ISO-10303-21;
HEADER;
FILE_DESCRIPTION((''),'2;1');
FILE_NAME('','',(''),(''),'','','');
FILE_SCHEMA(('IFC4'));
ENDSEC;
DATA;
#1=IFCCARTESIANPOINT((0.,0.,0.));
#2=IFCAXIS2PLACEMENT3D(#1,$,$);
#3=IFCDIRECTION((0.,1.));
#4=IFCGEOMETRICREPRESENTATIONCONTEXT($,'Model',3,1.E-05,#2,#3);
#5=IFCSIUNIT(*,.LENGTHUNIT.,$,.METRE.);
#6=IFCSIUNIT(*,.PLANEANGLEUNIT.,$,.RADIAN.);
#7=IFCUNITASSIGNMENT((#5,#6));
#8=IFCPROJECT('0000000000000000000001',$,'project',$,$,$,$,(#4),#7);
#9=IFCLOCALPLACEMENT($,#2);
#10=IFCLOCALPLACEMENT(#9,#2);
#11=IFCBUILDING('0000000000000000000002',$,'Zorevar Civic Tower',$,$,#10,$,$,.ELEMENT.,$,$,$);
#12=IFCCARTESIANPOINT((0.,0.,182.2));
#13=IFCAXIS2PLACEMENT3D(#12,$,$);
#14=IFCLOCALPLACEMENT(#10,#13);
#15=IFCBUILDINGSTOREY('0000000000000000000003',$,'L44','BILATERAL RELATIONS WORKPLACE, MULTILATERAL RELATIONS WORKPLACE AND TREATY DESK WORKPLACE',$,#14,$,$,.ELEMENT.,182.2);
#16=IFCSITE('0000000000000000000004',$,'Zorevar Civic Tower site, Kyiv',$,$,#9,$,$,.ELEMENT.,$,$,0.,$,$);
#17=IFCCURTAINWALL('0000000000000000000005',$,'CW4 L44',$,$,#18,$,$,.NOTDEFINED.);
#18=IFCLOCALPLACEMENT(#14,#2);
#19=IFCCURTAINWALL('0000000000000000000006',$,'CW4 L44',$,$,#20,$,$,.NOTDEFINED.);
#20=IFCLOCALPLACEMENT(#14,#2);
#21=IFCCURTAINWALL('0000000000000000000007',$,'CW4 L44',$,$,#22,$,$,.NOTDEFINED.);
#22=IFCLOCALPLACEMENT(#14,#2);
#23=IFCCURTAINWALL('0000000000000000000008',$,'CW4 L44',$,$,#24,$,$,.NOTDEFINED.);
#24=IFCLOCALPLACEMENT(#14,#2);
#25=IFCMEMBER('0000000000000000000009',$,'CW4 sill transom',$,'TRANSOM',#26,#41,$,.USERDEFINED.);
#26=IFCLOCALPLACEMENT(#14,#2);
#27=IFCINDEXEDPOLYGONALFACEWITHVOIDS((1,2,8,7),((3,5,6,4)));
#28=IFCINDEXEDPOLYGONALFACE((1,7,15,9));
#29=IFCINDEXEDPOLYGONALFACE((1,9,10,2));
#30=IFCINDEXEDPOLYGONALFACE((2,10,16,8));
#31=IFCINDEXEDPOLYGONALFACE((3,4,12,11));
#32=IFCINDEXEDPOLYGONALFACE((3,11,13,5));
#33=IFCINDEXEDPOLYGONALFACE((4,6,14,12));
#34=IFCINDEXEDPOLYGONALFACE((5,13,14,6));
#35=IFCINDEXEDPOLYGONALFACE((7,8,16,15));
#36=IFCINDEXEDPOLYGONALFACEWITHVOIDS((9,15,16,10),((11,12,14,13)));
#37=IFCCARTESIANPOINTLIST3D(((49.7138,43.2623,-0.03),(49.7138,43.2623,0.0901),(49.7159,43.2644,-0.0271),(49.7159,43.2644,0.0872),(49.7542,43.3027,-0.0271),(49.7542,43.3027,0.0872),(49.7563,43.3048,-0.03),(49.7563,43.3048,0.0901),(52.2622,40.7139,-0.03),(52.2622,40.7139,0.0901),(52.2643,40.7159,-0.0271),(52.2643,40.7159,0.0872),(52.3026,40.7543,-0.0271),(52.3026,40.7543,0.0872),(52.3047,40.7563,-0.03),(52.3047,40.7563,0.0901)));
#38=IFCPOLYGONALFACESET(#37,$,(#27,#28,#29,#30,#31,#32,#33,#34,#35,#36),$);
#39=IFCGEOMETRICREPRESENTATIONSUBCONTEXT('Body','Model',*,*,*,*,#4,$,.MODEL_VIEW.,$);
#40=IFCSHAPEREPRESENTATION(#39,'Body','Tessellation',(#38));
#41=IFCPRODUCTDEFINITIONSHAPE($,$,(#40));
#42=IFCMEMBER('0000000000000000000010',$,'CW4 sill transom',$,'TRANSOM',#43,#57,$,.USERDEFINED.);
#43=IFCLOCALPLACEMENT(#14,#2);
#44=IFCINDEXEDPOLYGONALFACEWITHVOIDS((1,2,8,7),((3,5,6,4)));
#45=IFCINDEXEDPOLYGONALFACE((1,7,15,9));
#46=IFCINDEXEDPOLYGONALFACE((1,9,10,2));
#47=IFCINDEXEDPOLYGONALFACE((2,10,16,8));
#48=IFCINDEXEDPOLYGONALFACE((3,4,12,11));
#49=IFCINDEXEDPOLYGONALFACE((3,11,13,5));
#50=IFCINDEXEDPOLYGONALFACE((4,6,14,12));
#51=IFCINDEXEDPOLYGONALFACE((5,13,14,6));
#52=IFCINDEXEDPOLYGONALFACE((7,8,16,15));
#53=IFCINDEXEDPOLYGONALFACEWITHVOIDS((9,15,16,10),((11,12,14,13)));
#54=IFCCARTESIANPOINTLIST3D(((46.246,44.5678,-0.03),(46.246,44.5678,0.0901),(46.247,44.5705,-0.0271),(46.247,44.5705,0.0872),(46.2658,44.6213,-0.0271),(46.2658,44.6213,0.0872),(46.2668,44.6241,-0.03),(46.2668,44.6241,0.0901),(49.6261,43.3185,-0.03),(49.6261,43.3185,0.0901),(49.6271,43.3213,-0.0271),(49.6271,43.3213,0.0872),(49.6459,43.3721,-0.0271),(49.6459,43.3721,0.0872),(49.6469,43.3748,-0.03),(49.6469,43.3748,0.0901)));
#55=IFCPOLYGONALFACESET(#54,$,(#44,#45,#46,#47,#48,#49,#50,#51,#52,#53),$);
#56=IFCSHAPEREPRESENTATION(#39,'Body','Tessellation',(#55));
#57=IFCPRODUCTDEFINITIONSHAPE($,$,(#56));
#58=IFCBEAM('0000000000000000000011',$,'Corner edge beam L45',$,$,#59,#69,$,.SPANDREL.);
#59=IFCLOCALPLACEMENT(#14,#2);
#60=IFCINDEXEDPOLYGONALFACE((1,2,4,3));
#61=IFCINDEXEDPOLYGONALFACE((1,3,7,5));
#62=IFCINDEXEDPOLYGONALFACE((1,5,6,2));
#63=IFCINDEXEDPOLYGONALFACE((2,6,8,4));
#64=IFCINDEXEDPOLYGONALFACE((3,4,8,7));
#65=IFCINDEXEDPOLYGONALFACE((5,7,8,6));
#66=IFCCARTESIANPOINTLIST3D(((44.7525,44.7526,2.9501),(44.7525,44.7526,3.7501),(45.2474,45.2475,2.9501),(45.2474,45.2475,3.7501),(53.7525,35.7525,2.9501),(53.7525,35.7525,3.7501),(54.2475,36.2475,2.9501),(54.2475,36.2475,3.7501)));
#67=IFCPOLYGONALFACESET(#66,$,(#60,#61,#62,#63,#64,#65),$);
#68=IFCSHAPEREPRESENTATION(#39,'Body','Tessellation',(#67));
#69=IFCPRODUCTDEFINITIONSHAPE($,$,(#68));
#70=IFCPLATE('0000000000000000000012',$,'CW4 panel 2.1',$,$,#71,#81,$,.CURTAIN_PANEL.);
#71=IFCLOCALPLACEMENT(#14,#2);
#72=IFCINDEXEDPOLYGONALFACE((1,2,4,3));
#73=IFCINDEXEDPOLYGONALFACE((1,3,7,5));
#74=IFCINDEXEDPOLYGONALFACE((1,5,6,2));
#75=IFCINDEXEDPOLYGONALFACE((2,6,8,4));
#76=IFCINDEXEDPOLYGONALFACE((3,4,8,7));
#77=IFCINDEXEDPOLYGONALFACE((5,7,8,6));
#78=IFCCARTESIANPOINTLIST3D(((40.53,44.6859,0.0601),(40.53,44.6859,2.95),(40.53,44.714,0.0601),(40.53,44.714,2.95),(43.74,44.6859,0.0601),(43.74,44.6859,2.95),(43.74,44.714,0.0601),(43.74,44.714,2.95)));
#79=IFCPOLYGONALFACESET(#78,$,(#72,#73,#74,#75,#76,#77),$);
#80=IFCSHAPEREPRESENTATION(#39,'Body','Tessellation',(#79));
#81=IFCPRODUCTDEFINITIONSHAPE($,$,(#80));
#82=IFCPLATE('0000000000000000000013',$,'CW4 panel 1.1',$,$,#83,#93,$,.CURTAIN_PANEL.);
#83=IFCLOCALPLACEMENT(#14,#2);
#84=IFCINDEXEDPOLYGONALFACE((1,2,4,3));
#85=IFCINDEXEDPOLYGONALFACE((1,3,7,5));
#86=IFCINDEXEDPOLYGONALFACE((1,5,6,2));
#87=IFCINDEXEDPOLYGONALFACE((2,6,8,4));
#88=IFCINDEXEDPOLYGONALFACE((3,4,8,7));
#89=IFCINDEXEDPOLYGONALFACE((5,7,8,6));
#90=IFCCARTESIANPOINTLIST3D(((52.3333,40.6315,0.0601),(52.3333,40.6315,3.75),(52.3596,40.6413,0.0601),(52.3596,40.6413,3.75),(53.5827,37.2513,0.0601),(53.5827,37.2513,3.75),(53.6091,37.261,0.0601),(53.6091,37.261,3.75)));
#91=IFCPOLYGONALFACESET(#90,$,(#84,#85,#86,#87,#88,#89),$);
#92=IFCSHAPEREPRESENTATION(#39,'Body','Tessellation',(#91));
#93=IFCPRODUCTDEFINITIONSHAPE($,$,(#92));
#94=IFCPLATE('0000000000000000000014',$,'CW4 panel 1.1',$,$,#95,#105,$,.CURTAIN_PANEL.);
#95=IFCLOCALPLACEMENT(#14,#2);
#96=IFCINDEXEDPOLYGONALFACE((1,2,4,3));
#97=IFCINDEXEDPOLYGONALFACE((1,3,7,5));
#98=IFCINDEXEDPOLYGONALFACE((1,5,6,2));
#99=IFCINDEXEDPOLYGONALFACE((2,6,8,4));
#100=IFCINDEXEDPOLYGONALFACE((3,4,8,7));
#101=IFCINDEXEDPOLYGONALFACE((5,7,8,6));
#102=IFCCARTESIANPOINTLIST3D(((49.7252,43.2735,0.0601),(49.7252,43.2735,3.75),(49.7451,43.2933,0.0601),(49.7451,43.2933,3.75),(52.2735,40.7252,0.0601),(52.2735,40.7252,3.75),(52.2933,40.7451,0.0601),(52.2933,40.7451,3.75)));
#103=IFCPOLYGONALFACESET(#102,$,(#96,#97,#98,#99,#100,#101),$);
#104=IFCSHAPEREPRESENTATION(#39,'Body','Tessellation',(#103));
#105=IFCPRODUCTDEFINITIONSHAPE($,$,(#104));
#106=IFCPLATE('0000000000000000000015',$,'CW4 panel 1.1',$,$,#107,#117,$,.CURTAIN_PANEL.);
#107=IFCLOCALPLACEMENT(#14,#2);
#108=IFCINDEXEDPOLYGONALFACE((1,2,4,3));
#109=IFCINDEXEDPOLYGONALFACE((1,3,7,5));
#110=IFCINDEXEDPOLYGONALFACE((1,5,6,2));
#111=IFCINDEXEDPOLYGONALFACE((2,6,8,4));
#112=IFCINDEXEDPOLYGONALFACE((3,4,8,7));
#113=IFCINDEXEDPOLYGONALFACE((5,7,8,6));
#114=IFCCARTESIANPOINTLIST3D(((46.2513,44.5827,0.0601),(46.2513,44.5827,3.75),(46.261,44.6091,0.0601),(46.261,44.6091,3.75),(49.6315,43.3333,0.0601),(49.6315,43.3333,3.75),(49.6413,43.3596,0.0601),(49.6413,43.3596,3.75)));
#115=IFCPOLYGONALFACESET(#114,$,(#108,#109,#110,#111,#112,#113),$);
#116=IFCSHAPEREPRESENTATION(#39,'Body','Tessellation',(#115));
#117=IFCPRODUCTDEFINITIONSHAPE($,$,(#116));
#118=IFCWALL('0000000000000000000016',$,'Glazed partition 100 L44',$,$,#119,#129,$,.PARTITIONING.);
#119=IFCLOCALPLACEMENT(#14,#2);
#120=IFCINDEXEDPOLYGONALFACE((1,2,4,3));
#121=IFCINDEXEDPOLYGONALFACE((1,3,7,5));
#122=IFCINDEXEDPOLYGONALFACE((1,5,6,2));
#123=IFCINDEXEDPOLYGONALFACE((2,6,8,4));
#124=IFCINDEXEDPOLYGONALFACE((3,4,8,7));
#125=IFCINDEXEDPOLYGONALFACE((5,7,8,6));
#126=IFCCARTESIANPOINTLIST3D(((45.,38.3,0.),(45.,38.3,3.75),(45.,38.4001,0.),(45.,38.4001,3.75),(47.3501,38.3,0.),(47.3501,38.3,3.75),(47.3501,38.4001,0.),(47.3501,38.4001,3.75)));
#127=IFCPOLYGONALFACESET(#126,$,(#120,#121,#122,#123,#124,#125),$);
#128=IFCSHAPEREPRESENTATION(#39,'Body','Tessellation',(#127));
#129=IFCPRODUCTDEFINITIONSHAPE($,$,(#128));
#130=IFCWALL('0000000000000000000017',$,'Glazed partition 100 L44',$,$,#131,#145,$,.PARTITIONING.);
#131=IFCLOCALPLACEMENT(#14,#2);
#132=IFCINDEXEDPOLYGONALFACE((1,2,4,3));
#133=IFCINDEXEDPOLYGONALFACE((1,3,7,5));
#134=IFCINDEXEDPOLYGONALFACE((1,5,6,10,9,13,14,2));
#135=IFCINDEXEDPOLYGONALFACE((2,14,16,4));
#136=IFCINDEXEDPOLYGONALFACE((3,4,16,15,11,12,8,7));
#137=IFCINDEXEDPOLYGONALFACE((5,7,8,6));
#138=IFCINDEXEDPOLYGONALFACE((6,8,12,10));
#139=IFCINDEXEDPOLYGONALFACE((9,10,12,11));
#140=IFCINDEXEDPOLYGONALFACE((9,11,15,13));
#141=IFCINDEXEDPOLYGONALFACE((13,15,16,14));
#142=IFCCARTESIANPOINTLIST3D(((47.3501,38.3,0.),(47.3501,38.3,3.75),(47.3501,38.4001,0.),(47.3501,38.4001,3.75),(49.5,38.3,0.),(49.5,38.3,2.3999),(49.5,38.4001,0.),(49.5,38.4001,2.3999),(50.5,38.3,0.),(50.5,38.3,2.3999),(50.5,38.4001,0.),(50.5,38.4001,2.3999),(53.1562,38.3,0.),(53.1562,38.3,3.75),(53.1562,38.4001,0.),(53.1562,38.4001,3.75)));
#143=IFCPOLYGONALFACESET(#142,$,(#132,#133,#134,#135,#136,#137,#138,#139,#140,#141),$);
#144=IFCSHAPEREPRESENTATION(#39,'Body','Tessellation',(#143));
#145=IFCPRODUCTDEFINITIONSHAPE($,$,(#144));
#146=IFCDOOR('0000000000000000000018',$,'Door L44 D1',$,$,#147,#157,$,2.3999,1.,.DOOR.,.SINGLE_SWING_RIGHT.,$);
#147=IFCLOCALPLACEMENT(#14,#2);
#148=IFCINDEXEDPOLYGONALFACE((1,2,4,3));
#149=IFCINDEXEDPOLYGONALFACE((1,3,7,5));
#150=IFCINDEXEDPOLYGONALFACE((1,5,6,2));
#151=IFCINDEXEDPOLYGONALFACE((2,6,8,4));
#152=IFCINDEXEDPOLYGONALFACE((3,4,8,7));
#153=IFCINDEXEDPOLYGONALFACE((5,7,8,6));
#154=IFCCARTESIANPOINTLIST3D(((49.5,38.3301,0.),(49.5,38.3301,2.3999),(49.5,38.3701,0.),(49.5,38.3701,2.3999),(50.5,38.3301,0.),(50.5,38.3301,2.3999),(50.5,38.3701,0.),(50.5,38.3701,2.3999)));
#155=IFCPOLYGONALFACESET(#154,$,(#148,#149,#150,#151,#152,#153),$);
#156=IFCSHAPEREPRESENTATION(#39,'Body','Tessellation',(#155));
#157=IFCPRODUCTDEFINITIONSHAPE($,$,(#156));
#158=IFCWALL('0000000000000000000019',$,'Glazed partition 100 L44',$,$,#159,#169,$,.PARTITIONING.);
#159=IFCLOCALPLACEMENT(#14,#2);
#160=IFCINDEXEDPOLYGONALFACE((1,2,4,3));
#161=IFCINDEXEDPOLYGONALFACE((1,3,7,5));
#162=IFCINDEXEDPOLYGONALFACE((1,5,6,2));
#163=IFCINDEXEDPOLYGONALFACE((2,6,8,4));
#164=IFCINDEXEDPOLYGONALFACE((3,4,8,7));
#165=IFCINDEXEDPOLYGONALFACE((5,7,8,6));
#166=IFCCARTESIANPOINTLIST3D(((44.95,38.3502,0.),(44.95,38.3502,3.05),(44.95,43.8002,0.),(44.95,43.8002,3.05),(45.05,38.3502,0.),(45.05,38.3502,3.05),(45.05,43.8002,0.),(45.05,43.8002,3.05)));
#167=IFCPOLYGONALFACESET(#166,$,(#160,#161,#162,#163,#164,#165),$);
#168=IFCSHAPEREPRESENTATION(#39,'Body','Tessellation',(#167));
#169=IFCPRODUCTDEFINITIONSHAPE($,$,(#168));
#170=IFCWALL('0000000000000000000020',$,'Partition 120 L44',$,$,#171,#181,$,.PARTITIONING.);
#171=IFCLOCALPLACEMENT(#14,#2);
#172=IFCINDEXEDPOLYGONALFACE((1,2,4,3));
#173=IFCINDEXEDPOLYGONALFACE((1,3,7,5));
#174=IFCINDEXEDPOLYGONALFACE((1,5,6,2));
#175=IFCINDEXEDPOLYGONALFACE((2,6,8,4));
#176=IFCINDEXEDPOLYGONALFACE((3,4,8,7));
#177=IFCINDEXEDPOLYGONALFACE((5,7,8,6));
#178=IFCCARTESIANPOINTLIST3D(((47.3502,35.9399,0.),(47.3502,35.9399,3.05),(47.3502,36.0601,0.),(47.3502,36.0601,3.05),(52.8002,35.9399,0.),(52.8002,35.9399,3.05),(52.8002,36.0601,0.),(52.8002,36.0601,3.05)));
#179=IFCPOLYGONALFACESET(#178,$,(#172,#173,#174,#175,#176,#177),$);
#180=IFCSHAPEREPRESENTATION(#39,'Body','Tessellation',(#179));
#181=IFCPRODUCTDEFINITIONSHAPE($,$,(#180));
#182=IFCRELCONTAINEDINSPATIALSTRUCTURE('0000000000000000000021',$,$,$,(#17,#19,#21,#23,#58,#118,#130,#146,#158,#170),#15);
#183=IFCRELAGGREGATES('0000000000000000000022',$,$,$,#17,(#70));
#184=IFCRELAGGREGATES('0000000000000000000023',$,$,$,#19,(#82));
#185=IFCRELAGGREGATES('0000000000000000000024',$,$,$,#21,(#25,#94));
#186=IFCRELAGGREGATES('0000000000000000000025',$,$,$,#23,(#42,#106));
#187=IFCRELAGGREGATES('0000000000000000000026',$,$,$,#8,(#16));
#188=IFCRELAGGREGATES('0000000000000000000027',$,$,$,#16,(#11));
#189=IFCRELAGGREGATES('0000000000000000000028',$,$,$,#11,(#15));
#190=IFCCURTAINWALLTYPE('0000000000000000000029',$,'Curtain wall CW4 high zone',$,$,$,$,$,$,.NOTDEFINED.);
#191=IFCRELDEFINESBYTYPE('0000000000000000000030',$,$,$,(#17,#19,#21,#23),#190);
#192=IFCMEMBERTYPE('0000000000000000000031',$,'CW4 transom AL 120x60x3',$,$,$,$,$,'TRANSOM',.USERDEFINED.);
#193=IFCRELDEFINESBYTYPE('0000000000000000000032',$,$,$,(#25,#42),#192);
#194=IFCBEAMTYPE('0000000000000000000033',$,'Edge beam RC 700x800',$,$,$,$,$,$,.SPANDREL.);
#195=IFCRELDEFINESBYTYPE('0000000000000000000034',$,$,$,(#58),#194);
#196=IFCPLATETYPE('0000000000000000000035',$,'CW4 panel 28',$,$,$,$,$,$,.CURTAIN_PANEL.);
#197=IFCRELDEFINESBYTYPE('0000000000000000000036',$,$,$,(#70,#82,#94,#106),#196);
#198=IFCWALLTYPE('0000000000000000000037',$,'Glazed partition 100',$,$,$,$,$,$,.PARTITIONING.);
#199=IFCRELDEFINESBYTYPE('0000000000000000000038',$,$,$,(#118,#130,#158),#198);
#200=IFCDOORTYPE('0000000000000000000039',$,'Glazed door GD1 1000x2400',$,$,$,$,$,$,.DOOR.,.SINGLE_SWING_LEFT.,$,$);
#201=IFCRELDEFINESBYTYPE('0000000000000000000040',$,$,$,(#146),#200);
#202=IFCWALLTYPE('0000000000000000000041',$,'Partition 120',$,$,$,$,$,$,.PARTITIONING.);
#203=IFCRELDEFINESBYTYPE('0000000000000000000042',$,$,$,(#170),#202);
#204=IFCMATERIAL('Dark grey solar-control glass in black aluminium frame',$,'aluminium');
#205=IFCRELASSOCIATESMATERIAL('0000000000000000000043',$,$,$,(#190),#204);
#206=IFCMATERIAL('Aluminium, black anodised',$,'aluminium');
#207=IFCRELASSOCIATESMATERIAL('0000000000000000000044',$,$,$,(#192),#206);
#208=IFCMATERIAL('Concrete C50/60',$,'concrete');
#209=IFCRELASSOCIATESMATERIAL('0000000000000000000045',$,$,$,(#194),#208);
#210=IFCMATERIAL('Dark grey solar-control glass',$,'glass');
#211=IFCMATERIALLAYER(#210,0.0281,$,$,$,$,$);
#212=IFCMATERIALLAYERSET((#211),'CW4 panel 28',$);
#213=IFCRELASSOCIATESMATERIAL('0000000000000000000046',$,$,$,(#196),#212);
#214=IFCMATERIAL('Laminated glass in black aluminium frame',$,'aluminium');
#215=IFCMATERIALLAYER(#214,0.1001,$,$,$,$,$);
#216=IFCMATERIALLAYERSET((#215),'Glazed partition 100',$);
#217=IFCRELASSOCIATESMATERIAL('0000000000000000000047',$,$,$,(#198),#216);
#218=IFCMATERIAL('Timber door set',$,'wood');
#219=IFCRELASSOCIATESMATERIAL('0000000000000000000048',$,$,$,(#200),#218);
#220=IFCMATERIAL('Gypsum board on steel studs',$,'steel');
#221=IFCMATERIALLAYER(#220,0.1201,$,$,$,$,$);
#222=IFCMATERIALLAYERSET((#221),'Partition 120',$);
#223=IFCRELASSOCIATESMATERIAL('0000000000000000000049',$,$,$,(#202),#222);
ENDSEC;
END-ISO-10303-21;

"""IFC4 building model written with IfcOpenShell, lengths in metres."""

from ifc_helpers import new_model, si_unit, direction, frame, frame_2d, origin, origin_2d, place, context, subcontext, project, spatial, rectangle, hollow_rectangle, extrude, material, layer, layer_set, material_profile, profile_set, type_object, element, fill, aggregate, save


model = new_model("IFC4")

# Units and contexts
model_context = context("Model", 3, precision=1e-05, world=origin(), true_north=direction((0.0, 1.0)))
body_context = subcontext(model_context, "Body", "Model", "MODEL_VIEW")
ifc_project = project(units=[si_unit("LENGTHUNIT", "METRE"), si_unit("PLANEANGLEUNIT", "RADIAN")], contexts=[model_context])

# Site, building, storey
site_placement = place(None, origin())
site = spatial("IfcSite", under=ifc_project, at=site_placement, Name="Zorevar Civic Tower site, Kyiv", CompositionType="ELEMENT", RefElevation=0.0)
building_placement = place(site_placement, origin())
building = spatial("IfcBuilding", under=site, at=building_placement, Name="Zorevar Civic Tower", CompositionType="ELEMENT")
storey_placement = place(building_placement, frame((0.0, 0.0, 182.2)))
storey = spatial("IfcBuildingStorey", under=building, at=storey_placement, Name="L44", Description="BILATERAL RELATIONS WORKPLACE, MULTILATERAL RELATIONS WORKPLACE AND TREATY DESK WORKPLACE", CompositionType="ELEMENT", Elevation=182.2)

# Curtain wall
ifc_material_1 = material(Name="Dark grey solar-control glass in black aluminium frame", Category="aluminium")
curtain_wall_type = type_object("IfcCurtainWallType", Name="Curtain wall CW4 high zone", PredefinedType="NOTDEFINED", material=ifc_material_1)
curtain_wall_1_placement = place(storey_placement, origin())
curtain_wall_1 = element("IfcCurtainWall", 1, at=curtain_wall_1_placement, inside=storey, type_object=curtain_wall_type, Name="CW4 L44", PredefinedType="NOTDEFINED")

# Curtain walls
curtain_wall_2_placement = place(storey_placement, origin())
curtain_wall_2 = element("IfcCurtainWall", 2, at=curtain_wall_2_placement, inside=storey, type_object=curtain_wall_type, Name="CW4 L44", PredefinedType="NOTDEFINED")
curtain_wall_3_placement = place(storey_placement, origin())
curtain_wall_3 = element("IfcCurtainWall", 3, at=curtain_wall_3_placement, inside=storey, type_object=curtain_wall_type, Name="CW4 L44", PredefinedType="NOTDEFINED")
curtain_wall_4_placement = place(storey_placement, origin())
curtain_wall_4 = element("IfcCurtainWall", 4, at=curtain_wall_4_placement, inside=storey, type_object=curtain_wall_type, Name="CW4 L44", PredefinedType="NOTDEFINED")

# Members
ifc_material_2 = material(Name="Aluminium, black anodised", Category="aluminium")
ifc_material_profile_1 = material_profile(ifc_material_2, hollow_rectangle(XDim=0.0601, YDim=0.1201, WallThickness=0.0029, at=origin_2d()), Name="AL 120x60x3")
ifc_profile_set_1 = profile_set([ifc_material_profile_1], Name="Aluminium, black anodised")
member_type_1 = type_object("IfcMemberType", Name="CW4 transom AL 120x60x3", ElementType="TRANSOM", PredefinedType="USERDEFINED", material=ifc_profile_set_1)
member_1_placement = place(storey_placement, frame((52.2834, 40.7351, 0.03), z_axis=(-0.707107, 0.707107, 0.0), x_axis=(-0.707107, -0.707107, 0.0)))
member_1 = element("IfcMember", 5, at=member_1_placement, type_object=member_type_1, Name="CW4 sill transom", ObjectType="TRANSOM", PredefinedType="USERDEFINED", context=body_context, shape_type="SweptSolid", body=[
    extrude(hollow_rectangle(XDim=0.0601, YDim=0.1201, WallThickness=0.0029, at=origin_2d()), origin(), (0.0, 0.0, 1.0), 3.604),
])
member_2_placement = place(storey_placement, frame((49.6365, 43.3467, 0.03), z_axis=(-0.937986, 0.346672, 0.0), x_axis=(-0.346672, -0.937986, 0.0)))
member_2 = element("IfcMember", 6, at=member_2_placement, type_object=member_type_1, Name="CW4 sill transom", ObjectType="TRANSOM", PredefinedType="USERDEFINED", context=body_context, shape_type="SweptSolid", body=[
    extrude(hollow_rectangle(XDim=0.0601, YDim=0.1201, WallThickness=0.0029, at=origin_2d()), origin(), (0.0, 0.0, 1.0), 3.6035),
])

# Beam
ifc_material_3 = material(Name="Concrete C50/60", Category="concrete")
ifc_material_profile_2 = material_profile(ifc_material_3, rectangle(XDim=0.7, YDim=0.8, at=origin_2d()), Name="RC 700x800")
ifc_profile_set_2 = profile_set([ifc_material_profile_2], Name="Concrete C50/60")
beam_type_1 = type_object("IfcBeamType", Name="Edge beam RC 700x800", PredefinedType="SPANDREL", material=ifc_profile_set_2)
beam_1_placement = place(storey_placement, frame((54.0, 36.0, 3.3501), z_axis=(-0.707107, 0.707107, 0.0), x_axis=(-0.707107, -0.707107, 0.0)))
element("IfcBeam", 7, at=beam_1_placement, inside=storey, type_object=beam_type_1, Name="Corner edge beam L45", PredefinedType="SPANDREL", context=body_context, shape_type="SweptSolid", body=[
    extrude(rectangle(XDim=0.7, YDim=0.8, at=origin_2d()), origin(), (0.0, 0.0, 1.0), 12.728),
])

# Plates
ifc_material_4 = material(Name="Dark grey solar-control glass", Category="glass")
ifc_layer_1 = layer(ifc_material_4, 0.0281)
ifc_layer_set_1 = layer_set([ifc_layer_1], Name="CW4 panel 28")
plate_type = type_object("IfcPlateType", Name="CW4 panel 28", PredefinedType="CURTAIN_PANEL", material=ifc_layer_set_1)
plate_1_placement = place(storey_placement, frame((42.135, 44.7, 0.0601), z_axis=(0.0, 0.0, 1.0), x_axis=(1.0, 0.0, 0.0)))
plate_1 = element("IfcPlate", 8, at=plate_1_placement, type_object=plate_type, Name="CW4 panel 2.1", PredefinedType="CURTAIN_PANEL", context=body_context, shape_type="SweptSolid", body=[
    extrude(rectangle(XDim=3.21, YDim=0.0281, at=origin_2d()), origin(), (0.0, 0.0, 1.0), 2.8899),
])
aggregate(curtain_wall_1, [plate_1])
plate_2_placement = place(storey_placement, frame((52.9712, 38.9463, 0.0601), z_axis=(0.0, 0.0, 1.0), x_axis=(-0.346704, 0.937975, 0.0)))
plate_2 = element("IfcPlate", 9, at=plate_2_placement, type_object=plate_type, Name="CW4 panel 1.1", PredefinedType="CURTAIN_PANEL", context=body_context, shape_type="SweptSolid", body=[
    extrude(rectangle(XDim=3.6038, YDim=0.0281, at=origin_2d()), origin(), (0.0, 0.0, 1.0), 3.6899),
])
aggregate(curtain_wall_2, [plate_2])
plate_3_placement = place(storey_placement, frame((51.0093, 42.0093, 0.0601), z_axis=(0.0, 0.0, 1.0), x_axis=(-0.707107, 0.707107, 0.0)))
plate_3 = element("IfcPlate", 10, at=plate_3_placement, type_object=plate_type, Name="CW4 panel 1.1", PredefinedType="CURTAIN_PANEL", context=body_context, shape_type="SweptSolid", body=[
    extrude(rectangle(XDim=3.6038, YDim=0.0281, at=origin_2d()), origin(), (0.0, 0.0, 1.0), 3.6899),
])
aggregate(curtain_wall_3, [member_1, plate_3])
plate_4_placement = place(storey_placement, frame((47.9463, 43.9712, 0.0601), z_axis=(0.0, 0.0, 1.0), x_axis=(-0.937975, 0.346704, 0.0)))
plate_4 = element("IfcPlate", 11, at=plate_4_placement, type_object=plate_type, Name="CW4 panel 1.1", PredefinedType="CURTAIN_PANEL", context=body_context, shape_type="SweptSolid", body=[
    extrude(rectangle(XDim=3.6038, YDim=0.0281, at=origin_2d()), origin(), (0.0, 0.0, 1.0), 3.6899),
])
aggregate(curtain_wall_4, [member_2, plate_4])

# Wall
ifc_material_5 = material(Name="Laminated glass in black aluminium frame", Category="aluminium")
ifc_layer_2 = layer(ifc_material_5, 0.1001)
ifc_layer_set_2 = layer_set([ifc_layer_2], Name="Glazed partition 100")
wall_type_1 = type_object("IfcWallType", Name="Glazed partition 100", PredefinedType="PARTITIONING", material=ifc_layer_set_2)
wall_1_placement = place(storey_placement, frame((45.0, 38.3501, 0.0), z_axis=(0.0, 0.0, 1.0), x_axis=(1.0, 0.0, 0.0)))
element("IfcWall", 12, at=wall_1_placement, inside=storey, type_object=wall_type_1, Name="Glazed partition 100 L44", PredefinedType="PARTITIONING", context=body_context, shape_type="SweptSolid", body=[
    extrude(rectangle(XDim=2.3501, YDim=0.1001, at=frame_2d((1.175, 0.0))), origin(), (0.0, 0.0, 1.0), 3.75),
])

# Wall, opening, door
wall_2_placement = place(storey_placement, frame((47.3501, 38.3501, 0.0), z_axis=(0.0, 0.0, 1.0), x_axis=(1.0, 0.0, 0.0)))
wall_2 = element("IfcWall", 13, at=wall_2_placement, inside=storey, type_object=wall_type_1, Name="Glazed partition 100 L44", PredefinedType="PARTITIONING", context=body_context, shape_type="SweptSolid", body=[
    extrude(rectangle(XDim=5.8062, YDim=0.1001, at=frame_2d((2.9031, 0.0))), origin(), (0.0, 0.0, 1.0), 3.75),
])
opening_1_placement = place(wall_2_placement, frame((2.1499, 0.0, 0.0)))
opening_1 = element("IfcOpeningElement", 14, at=opening_1_placement, cuts=wall_2, PredefinedType="OPENING", context=body_context, shape_type="SweptSolid", body=[
    extrude(rectangle(XDim=1.0, YDim=2.3999, at=frame_2d((0.5, 1.2))), frame((0.0, 0.0601, 0.0), z_axis=(0.0, -1.0, 0.0), x_axis=(1.0, 0.0, 0.0)), (0.0, 0.0, 1.0), 0.1201),
])
ifc_material_6 = material(Name="Timber door set", Category="wood")
door_type = type_object("IfcDoorType", Name="Glazed door GD1 1000x2400", OperationType="SINGLE_SWING_LEFT", PredefinedType="DOOR", material=ifc_material_6)
door_1_placement = place(opening_1_placement, origin())
door_1 = element("IfcDoor", 15, at=door_1_placement, inside=storey, type_object=door_type, Name="Door L44 D1", OperationType="SINGLE_SWING_RIGHT", OverallHeight=2.3999, OverallWidth=1.0, PredefinedType="DOOR", context=body_context, shape_type="SweptSolid", body=[
    extrude(rectangle(XDim=1.0, YDim=2.3999, at=frame_2d((0.5, 1.2))), frame((0.0, 0.02, 0.0), z_axis=(0.0, -1.0, 0.0), x_axis=(1.0, 0.0, 0.0)), (0.0, 0.0, 1.0), 0.04),
])
fill(opening_1, door_1)

# Wall
wall_3_placement = place(storey_placement, frame((45.0, 38.3501, 0.0), z_axis=(0.0, 0.0, 1.0), x_axis=(0.0, 1.0, 0.0)))
element("IfcWall", 16, at=wall_3_placement, inside=storey, type_object=wall_type_1, Name="Glazed partition 100 L44", PredefinedType="PARTITIONING", context=body_context, shape_type="SweptSolid", body=[
    extrude(rectangle(XDim=5.45, YDim=0.1001, at=frame_2d((2.7251, 0.0))), origin(), (0.0, 0.0, 1.0), 3.05),
])

# Wall
ifc_material_7 = material(Name="Gypsum board on steel studs", Category="steel")
ifc_layer_3 = layer(ifc_material_7, 0.1201)
ifc_layer_set_3 = layer_set([ifc_layer_3], Name="Partition 120")
wall_type_2 = type_object("IfcWallType", Name="Partition 120", PredefinedType="PARTITIONING", material=ifc_layer_set_3)
wall_4_placement = place(storey_placement, frame((47.3501, 36.0, 0.0), z_axis=(0.0, 0.0, 1.0), x_axis=(1.0, 0.0, 0.0)))
element("IfcWall", 17, at=wall_4_placement, inside=storey, type_object=wall_type_2, Name="Partition 120 L44", PredefinedType="PARTITIONING", context=body_context, shape_type="SweptSolid", body=[
    extrude(rectangle(XDim=5.45, YDim=0.1201, at=frame_2d((2.7251, 0.0))), origin(), (0.0, 0.0, 1.0), 3.05),
])

save(model, "model.ifc")
